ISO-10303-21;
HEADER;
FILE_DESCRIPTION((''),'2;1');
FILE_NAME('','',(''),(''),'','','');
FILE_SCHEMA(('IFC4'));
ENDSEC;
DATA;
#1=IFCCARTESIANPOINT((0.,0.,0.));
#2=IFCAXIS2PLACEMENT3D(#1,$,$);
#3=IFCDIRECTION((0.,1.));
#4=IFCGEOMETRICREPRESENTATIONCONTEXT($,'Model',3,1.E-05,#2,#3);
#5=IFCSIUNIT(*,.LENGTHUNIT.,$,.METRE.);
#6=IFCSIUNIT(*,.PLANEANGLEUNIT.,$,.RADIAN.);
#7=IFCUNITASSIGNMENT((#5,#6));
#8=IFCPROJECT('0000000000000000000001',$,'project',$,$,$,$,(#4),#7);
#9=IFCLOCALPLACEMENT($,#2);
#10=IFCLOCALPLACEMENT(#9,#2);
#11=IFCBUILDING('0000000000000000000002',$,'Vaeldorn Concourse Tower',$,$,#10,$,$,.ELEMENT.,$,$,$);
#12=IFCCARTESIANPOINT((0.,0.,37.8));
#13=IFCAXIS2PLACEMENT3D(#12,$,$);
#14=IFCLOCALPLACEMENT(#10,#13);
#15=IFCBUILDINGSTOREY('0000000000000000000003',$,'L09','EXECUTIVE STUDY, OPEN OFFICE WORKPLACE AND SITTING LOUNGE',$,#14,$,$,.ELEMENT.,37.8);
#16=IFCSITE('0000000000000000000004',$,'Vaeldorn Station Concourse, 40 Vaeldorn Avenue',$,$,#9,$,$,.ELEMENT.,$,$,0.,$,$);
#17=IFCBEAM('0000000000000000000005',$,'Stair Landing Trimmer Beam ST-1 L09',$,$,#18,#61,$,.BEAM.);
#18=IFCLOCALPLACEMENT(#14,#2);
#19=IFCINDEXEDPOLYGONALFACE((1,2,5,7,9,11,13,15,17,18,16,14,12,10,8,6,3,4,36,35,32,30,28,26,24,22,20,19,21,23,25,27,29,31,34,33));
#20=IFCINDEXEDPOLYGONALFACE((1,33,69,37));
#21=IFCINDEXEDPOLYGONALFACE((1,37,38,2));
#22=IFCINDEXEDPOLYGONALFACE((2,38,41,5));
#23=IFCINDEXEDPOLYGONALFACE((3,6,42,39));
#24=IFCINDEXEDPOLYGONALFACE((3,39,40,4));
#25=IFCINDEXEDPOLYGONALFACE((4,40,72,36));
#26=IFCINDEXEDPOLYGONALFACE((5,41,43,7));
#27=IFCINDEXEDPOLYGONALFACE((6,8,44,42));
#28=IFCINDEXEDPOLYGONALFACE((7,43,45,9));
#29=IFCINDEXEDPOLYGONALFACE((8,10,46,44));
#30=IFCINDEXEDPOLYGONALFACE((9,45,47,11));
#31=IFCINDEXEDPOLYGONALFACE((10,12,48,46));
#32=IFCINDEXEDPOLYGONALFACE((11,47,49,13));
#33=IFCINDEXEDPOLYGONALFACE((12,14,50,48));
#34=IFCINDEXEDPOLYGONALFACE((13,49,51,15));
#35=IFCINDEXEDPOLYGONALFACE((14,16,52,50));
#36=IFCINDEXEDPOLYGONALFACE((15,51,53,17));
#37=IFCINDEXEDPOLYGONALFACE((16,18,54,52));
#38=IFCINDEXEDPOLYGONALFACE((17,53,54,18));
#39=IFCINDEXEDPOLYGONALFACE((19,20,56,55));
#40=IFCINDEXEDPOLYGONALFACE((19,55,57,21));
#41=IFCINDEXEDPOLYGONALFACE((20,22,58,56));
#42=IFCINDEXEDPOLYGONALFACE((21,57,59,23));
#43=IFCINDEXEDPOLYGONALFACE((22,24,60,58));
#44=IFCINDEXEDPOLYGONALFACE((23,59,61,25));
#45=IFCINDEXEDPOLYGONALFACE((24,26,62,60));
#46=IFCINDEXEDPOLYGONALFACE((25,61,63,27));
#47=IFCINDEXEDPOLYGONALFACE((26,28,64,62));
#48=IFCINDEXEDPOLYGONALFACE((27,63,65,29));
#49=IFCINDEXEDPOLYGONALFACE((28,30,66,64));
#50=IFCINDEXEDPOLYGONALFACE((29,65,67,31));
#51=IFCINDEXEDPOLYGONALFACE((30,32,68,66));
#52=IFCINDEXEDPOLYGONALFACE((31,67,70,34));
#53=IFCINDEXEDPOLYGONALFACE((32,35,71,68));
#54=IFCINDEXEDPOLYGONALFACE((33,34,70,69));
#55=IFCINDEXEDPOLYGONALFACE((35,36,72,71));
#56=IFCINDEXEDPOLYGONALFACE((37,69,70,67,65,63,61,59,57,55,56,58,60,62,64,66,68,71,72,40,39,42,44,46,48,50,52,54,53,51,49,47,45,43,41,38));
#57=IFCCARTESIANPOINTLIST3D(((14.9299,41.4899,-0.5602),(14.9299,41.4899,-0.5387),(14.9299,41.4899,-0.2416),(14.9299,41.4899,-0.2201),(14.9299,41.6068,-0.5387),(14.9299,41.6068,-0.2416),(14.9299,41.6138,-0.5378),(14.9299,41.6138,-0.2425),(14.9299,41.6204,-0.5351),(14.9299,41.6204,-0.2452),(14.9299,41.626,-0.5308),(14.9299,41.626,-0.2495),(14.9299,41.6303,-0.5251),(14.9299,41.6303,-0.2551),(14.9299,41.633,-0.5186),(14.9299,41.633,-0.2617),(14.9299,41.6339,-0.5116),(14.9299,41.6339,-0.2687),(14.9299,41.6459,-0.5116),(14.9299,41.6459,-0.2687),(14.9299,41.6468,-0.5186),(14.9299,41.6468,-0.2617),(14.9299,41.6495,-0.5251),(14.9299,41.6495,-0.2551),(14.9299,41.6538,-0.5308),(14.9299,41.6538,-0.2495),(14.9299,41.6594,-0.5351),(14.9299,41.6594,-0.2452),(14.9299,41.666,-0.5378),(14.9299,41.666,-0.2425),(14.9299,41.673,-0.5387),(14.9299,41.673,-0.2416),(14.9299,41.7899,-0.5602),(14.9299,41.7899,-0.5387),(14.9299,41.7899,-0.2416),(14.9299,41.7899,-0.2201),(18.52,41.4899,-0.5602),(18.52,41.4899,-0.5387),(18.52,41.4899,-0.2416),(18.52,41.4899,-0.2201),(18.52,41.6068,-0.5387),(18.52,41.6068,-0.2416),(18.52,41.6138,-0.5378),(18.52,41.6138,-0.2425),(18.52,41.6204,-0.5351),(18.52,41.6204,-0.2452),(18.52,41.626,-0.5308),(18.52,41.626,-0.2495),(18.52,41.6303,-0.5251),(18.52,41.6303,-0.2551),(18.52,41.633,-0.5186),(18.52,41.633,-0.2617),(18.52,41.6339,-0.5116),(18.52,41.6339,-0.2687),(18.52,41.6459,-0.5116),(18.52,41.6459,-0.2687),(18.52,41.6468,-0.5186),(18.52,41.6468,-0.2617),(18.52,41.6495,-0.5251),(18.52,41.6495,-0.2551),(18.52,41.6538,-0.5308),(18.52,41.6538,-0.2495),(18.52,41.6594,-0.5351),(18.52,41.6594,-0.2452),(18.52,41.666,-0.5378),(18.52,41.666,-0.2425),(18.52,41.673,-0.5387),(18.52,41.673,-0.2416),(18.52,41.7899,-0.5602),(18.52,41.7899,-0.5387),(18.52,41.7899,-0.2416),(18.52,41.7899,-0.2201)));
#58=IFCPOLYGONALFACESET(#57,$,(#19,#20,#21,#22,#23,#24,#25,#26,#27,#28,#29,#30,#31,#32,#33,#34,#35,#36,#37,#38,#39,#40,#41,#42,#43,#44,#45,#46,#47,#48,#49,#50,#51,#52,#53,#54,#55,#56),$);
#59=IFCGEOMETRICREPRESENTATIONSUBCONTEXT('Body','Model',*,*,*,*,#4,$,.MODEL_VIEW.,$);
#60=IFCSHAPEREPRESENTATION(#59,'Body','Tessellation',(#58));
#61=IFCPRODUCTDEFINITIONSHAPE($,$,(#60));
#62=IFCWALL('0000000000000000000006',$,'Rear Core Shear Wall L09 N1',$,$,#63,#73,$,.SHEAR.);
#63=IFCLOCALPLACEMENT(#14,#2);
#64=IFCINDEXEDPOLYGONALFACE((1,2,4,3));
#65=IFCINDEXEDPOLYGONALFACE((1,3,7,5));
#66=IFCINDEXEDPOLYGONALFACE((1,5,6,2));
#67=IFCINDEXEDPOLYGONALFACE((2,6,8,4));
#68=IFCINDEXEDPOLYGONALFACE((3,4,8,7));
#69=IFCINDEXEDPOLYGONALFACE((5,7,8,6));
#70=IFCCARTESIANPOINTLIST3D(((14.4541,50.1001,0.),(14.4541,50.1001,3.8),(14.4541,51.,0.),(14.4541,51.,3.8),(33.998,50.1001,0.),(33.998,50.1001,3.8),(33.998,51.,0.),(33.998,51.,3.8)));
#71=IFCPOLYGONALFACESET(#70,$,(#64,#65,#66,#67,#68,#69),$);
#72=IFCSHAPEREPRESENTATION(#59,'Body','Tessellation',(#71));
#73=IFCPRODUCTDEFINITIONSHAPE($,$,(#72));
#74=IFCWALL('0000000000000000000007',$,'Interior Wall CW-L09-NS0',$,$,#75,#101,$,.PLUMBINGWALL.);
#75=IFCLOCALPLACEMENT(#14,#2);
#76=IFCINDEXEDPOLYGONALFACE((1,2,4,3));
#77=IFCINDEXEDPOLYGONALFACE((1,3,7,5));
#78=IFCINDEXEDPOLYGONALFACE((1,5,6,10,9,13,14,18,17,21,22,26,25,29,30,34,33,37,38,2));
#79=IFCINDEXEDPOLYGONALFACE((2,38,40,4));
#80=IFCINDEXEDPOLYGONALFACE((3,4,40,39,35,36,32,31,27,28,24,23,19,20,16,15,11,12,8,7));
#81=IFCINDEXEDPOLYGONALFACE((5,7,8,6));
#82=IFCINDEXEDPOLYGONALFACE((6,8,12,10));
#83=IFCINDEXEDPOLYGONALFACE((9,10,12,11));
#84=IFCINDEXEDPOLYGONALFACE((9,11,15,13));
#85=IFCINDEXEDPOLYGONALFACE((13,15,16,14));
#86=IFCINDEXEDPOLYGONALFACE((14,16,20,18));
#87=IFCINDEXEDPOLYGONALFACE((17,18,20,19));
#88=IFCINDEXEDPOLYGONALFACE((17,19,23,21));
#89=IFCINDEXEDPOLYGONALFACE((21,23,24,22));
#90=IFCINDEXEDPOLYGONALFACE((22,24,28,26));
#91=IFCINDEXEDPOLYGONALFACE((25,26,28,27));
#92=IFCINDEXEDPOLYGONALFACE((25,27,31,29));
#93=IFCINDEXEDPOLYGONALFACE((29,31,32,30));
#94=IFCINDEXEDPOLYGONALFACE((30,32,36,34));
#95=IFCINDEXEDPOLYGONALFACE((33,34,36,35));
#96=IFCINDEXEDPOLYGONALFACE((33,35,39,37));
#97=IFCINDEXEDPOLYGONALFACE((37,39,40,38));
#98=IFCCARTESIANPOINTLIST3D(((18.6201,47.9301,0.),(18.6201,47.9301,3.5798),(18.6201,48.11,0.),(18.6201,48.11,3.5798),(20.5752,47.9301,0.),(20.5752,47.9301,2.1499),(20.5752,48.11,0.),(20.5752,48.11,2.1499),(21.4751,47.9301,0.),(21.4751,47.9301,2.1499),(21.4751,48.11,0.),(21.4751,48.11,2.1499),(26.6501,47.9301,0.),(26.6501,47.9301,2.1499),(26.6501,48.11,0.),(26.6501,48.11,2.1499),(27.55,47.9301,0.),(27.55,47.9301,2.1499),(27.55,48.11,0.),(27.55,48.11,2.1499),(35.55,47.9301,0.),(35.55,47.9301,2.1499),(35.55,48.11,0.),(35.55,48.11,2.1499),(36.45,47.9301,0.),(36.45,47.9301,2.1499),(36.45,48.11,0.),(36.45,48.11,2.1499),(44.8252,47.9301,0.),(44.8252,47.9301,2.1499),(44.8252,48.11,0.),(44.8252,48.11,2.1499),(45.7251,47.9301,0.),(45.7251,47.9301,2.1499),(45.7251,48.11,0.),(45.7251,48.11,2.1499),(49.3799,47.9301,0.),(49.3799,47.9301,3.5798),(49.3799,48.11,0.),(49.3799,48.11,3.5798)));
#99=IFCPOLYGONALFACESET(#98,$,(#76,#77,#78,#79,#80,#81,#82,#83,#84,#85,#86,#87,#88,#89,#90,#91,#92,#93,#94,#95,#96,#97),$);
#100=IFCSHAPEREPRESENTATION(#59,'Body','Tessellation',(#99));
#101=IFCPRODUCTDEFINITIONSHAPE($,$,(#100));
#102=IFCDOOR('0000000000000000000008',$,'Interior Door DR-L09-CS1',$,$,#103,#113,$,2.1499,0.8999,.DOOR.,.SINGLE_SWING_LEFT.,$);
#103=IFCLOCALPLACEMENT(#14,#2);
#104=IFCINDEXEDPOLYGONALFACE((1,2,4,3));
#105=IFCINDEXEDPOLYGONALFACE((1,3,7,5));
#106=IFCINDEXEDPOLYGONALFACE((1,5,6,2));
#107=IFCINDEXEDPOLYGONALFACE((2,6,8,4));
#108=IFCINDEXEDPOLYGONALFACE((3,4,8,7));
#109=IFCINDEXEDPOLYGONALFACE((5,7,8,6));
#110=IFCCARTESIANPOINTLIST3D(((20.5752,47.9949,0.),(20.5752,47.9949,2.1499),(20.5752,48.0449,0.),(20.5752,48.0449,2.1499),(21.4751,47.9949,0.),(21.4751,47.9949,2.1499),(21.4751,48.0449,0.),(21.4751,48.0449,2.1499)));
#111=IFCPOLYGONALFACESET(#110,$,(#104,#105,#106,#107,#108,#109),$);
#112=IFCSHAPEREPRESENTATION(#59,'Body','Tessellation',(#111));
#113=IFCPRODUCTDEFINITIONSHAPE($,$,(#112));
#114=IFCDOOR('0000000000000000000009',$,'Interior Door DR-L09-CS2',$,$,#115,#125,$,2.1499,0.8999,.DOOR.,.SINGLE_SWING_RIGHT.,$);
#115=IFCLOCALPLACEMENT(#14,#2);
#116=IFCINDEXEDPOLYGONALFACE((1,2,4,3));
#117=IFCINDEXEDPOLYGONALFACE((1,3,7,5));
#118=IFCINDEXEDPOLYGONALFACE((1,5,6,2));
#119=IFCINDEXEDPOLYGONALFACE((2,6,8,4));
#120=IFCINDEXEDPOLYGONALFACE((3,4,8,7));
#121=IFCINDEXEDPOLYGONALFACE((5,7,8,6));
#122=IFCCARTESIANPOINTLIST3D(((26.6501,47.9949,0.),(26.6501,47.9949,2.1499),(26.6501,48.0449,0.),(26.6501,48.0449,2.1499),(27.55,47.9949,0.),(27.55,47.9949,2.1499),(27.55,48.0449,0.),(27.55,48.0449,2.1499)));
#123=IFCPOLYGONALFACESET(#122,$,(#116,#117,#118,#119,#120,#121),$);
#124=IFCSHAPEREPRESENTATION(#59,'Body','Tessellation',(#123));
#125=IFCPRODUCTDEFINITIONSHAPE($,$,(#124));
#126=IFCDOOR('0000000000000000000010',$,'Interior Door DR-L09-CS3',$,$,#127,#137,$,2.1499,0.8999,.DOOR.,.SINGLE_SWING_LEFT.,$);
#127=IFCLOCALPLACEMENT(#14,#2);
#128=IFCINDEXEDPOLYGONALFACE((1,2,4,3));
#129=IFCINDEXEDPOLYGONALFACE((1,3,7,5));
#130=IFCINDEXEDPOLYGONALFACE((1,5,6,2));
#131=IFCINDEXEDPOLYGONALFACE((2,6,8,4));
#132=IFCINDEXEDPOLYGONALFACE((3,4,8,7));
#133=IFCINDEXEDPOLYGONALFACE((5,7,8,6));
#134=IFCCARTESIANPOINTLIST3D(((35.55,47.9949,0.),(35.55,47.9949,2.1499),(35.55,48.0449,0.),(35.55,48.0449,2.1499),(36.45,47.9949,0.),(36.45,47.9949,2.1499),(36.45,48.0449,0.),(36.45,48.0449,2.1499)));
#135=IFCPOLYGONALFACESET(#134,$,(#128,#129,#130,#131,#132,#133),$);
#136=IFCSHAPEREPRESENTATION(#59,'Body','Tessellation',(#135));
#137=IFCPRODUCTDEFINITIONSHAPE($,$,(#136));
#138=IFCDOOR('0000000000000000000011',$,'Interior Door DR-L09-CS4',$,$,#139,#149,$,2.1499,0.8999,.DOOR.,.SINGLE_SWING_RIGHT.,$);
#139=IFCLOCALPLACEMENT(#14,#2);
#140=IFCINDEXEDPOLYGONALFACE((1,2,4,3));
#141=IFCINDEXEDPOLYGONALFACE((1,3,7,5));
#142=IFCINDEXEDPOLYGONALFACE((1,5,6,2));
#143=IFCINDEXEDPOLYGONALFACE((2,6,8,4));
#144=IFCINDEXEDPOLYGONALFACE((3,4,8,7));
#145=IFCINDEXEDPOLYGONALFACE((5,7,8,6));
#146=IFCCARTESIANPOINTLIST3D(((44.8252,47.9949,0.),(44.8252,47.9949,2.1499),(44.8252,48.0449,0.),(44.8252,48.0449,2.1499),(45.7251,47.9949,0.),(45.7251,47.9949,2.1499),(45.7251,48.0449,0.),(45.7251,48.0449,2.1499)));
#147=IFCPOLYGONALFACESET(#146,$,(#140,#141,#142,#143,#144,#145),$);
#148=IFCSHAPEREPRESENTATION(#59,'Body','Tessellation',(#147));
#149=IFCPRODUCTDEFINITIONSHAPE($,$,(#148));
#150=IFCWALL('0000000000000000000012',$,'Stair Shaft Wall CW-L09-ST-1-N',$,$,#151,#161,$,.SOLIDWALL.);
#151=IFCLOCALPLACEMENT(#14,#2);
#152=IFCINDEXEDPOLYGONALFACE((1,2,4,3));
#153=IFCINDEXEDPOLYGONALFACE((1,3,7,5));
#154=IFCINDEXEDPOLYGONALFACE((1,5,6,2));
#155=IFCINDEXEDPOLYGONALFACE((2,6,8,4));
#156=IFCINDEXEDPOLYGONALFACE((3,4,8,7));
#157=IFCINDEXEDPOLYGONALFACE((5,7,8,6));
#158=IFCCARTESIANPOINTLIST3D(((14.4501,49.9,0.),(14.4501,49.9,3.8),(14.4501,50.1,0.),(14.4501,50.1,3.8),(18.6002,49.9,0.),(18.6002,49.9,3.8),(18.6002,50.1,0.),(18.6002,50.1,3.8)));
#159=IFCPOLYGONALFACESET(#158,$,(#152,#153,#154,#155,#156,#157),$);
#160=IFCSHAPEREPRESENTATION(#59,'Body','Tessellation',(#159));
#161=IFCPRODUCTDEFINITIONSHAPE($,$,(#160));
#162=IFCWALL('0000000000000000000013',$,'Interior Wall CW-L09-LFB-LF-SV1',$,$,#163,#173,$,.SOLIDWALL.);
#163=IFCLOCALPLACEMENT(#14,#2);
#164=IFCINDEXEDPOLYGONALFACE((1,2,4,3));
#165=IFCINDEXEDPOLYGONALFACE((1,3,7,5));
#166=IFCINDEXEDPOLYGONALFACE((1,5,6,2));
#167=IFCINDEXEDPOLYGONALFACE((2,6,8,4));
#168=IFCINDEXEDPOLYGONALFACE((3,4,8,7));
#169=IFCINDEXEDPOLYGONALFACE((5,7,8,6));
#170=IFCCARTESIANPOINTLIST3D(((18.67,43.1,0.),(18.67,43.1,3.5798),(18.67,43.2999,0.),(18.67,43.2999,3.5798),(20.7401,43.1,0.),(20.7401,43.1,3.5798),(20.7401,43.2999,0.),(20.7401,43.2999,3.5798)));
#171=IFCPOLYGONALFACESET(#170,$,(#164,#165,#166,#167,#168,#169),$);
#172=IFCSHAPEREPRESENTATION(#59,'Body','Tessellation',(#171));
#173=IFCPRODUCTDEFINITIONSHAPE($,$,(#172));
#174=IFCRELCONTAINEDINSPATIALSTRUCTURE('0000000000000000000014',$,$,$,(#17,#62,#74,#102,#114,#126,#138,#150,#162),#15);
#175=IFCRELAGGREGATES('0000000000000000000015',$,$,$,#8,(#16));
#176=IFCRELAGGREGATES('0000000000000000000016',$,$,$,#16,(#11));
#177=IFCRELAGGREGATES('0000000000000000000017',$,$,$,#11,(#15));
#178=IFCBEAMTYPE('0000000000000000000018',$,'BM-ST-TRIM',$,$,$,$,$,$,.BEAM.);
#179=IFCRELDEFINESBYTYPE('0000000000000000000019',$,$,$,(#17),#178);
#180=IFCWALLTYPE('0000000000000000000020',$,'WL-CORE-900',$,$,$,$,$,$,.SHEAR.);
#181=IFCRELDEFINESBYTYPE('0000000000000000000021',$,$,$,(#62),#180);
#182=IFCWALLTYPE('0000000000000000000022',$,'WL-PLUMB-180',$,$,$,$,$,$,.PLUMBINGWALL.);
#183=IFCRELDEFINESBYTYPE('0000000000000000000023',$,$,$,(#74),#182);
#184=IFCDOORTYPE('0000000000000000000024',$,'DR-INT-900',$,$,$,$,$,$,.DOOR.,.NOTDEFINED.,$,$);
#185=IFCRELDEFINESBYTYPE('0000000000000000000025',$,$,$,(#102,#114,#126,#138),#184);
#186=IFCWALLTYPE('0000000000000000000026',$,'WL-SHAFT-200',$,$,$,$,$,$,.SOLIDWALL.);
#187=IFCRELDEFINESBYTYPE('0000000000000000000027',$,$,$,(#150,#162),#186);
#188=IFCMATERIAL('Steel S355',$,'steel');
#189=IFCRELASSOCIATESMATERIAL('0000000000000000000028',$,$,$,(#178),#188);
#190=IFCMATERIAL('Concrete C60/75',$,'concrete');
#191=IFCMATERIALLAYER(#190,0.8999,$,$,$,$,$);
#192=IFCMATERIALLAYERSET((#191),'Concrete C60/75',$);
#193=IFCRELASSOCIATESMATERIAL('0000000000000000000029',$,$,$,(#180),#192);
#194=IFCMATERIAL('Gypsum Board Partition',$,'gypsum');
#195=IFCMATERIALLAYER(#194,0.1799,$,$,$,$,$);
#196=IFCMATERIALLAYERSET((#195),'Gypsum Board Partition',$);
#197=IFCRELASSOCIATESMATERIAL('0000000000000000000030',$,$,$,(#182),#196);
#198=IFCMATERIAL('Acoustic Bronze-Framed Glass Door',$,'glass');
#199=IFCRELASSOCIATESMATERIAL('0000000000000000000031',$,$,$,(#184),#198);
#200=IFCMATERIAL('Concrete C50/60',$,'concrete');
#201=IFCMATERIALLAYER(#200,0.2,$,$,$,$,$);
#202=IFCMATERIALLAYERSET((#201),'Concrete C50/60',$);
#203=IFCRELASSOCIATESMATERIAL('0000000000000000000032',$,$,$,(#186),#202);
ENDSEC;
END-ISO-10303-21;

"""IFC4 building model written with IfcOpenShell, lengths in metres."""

from ifc_helpers import new_model, si_unit, direction, frame, frame_2d, origin, origin_2d, place, context, subcontext, project, spatial, rectangle, i_section, extrude, source, transform, mapped, material, layer, layer_set, material_profile, profile_set, type_object, element, fill, save


model = new_model("IFC4")

# Units and contexts
model_context = context("Model", 3, precision=1e-05, world=origin(), true_north=direction((0.0, 1.0)))
body_context = subcontext(model_context, "Body", "Model", "MODEL_VIEW")
ifc_project = project(units=[si_unit("LENGTHUNIT", "METRE"), si_unit("PLANEANGLEUNIT", "RADIAN")], contexts=[model_context])

# Site, building, storey
site_placement = place(None, origin())
site = spatial("IfcSite", under=ifc_project, at=site_placement, Name="Vaeldorn Station Concourse, 40 Vaeldorn Avenue", CompositionType="ELEMENT", RefElevation=0.0)
building_placement = place(site_placement, origin())
building = spatial("IfcBuilding", under=site, at=building_placement, Name="Vaeldorn Concourse Tower", CompositionType="ELEMENT")
storey_placement = place(building_placement, frame((0.0, 0.0, 37.8)))
storey = spatial("IfcBuildingStorey", under=building, at=storey_placement, Name="L09", Description="EXECUTIVE STUDY, OPEN OFFICE WORKPLACE AND SITTING LOUNGE", CompositionType="ELEMENT", Elevation=37.8)

# Beam
ifc_material_1 = material(Name="Steel S355", Category="steel")
ifc_material_profile = material_profile(ifc_material_1, i_section(OverallWidth=0.3, OverallDepth=0.3401, WebThickness=0.012, FlangeThickness=0.0215, FilletRadius=0.0271, at=origin_2d()), Name="HEB 340")
ifc_profile_set = profile_set([ifc_material_profile], Name="Steel S355")
beam_type = type_object("IfcBeamType", Name="BM-ST-TRIM", PredefinedType="BEAM", material=ifc_profile_set)
shared_shape_1 = source(origin(), body_context, "Body", "SweptSolid", [
    extrude(i_section(OverallWidth=0.3, OverallDepth=0.3401, WebThickness=0.012, FlangeThickness=0.0215, FilletRadius=0.0271, at=origin_2d()), origin(), (0.0, 0.0, 1.0), 3.5901),
])
beam_placement = place(storey_placement, frame((14.9299, 41.6399, -0.3901), z_axis=(1.0, 0.0, 0.0), x_axis=(0.0, 1.0, 0.0)))
element("IfcBeam", 1, at=beam_placement, inside=storey, type_object=beam_type, Name="Stair Landing Trimmer Beam ST-1 L09", PredefinedType="BEAM", context=body_context, shape_type="MappedRepresentation", body=[
    mapped(shared_shape_1, transform((0.0, 0.0, 0.0), scale=1.0)),
])

# Wall
ifc_material_2 = material(Name="Concrete C60/75", Category="concrete")
ifc_layer_1 = layer(ifc_material_2, 0.8999)
ifc_layer_set_1 = layer_set([ifc_layer_1], Name="Concrete C60/75")
wall_type_1 = type_object("IfcWallType", Name="WL-CORE-900", PredefinedType="SHEAR", material=ifc_layer_set_1)
wall_1_placement = place(storey_placement, frame((14.4541, 50.55, 0.0), z_axis=(0.0, 0.0, 1.0), x_axis=(1.0, 0.0, 0.0)))
element("IfcWall", 2, at=wall_1_placement, inside=storey, type_object=wall_type_1, Name="Rear Core Shear Wall L09 N1", PredefinedType="SHEAR", context=body_context, shape_type="SweptSolid", body=[
    extrude(rectangle(XDim=19.5439, YDim=0.8999, at=frame_2d((9.772, 0.0))), origin(), (0.0, 0.0, 1.0), 3.8),
])

# Wall, openings, doors
ifc_material_3 = material(Name="Gypsum Board Partition", Category="gypsum")
ifc_layer_2 = layer(ifc_material_3, 0.1799)
ifc_layer_set_2 = layer_set([ifc_layer_2], Name="Gypsum Board Partition")
wall_type_2 = type_object("IfcWallType", Name="WL-PLUMB-180", PredefinedType="PLUMBINGWALL", material=ifc_layer_set_2)
wall_2_placement = place(storey_placement, frame((18.6201, 48.02, 0.0), z_axis=(0.0, 0.0, 1.0), x_axis=(1.0, 0.0, 0.0)))
wall_2 = element("IfcWall", 3, at=wall_2_placement, inside=storey, type_object=wall_type_2, Name="Interior Wall CW-L09-NS0", PredefinedType="PLUMBINGWALL", context=body_context, shape_type="SweptSolid", body=[
    extrude(rectangle(XDim=30.7598, YDim=0.1799, at=frame_2d((15.3799, 0.0))), origin(), (0.0, 0.0, 1.0), 3.5798),
])
opening_1_placement = place(wall_2_placement, frame((1.9551, 0.0, 0.0)))
opening_1 = element("IfcOpeningElement", 4, at=opening_1_placement, cuts=wall_2, PredefinedType="OPENING", context=body_context, shape_type="SweptSolid", body=[
    extrude(rectangle(XDim=0.8999, YDim=2.1499, at=frame_2d((0.45, 1.075))), frame((0.0, 0.1001, 0.0), z_axis=(0.0, -1.0, 0.0), x_axis=(1.0, 0.0, 0.0)), (0.0, 0.0, 1.0), 0.2),
])
opening_2_placement = place(wall_2_placement, frame((8.03, 0.0, 0.0)))
opening_2 = element("IfcOpeningElement", 5, at=opening_2_placement, cuts=wall_2, PredefinedType="OPENING", context=body_context, shape_type="SweptSolid", body=[
    extrude(rectangle(XDim=0.8999, YDim=2.1499, at=frame_2d((0.45, 1.075))), frame((0.0, 0.1001, 0.0), z_axis=(0.0, -1.0, 0.0), x_axis=(1.0, 0.0, 0.0)), (0.0, 0.0, 1.0), 0.2),
])
opening_3_placement = place(wall_2_placement, frame((16.9299, 0.0, 0.0)))
opening_3 = element("IfcOpeningElement", 6, at=opening_3_placement, cuts=wall_2, PredefinedType="OPENING", context=body_context, shape_type="SweptSolid", body=[
    extrude(rectangle(XDim=0.8999, YDim=2.1499, at=frame_2d((0.45, 1.075))), frame((0.0, 0.1001, 0.0), z_axis=(0.0, -1.0, 0.0), x_axis=(1.0, 0.0, 0.0)), (0.0, 0.0, 1.0), 0.2),
])
opening_4_placement = place(wall_2_placement, frame((26.2051, 0.0, 0.0)))
opening_4 = element("IfcOpeningElement", 7, at=opening_4_placement, cuts=wall_2, PredefinedType="OPENING", context=body_context, shape_type="SweptSolid", body=[
    extrude(rectangle(XDim=0.8999, YDim=2.1499, at=frame_2d((0.45, 1.075))), frame((0.0, 0.1001, 0.0), z_axis=(0.0, -1.0, 0.0), x_axis=(1.0, 0.0, 0.0)), (0.0, 0.0, 1.0), 0.2),
])
ifc_material_4 = material(Name="Acoustic Bronze-Framed Glass Door", Category="glass")
door_type_1 = type_object("IfcDoorType", Name="DR-INT-900", OperationType="NOTDEFINED", PredefinedType="DOOR", material=ifc_material_4)
shared_shape_2 = source(origin(), body_context, "Body", "SweptSolid", [
    extrude(rectangle(XDim=0.8999, YDim=2.1499, at=frame_2d((0.45, 1.075))), frame((0.0, 0.0249, 0.0), z_axis=(0.0, -1.0, 0.0), x_axis=(1.0, 0.0, 0.0)), (0.0, 0.0, 1.0), 0.05),
])
door_1_placement = place(opening_1_placement, origin())
door_1 = element("IfcDoor", 8, at=door_1_placement, inside=storey, type_object=door_type_1, Name="Interior Door DR-L09-CS1", OperationType="SINGLE_SWING_LEFT", OverallHeight=2.1499, OverallWidth=0.8999, PredefinedType="DOOR", context=body_context, shape_type="MappedRepresentation", body=[
    mapped(shared_shape_2, transform((0.0, 0.0, 0.0), scale=1.0)),
])
fill(opening_1, door_1)
door_2_placement = place(opening_2_placement, origin())
door_2 = element("IfcDoor", 9, at=door_2_placement, inside=storey, type_object=door_type_1, Name="Interior Door DR-L09-CS2", OperationType="SINGLE_SWING_RIGHT", OverallHeight=2.1499, OverallWidth=0.8999, PredefinedType="DOOR", context=body_context, shape_type="MappedRepresentation", body=[
    mapped(shared_shape_2, transform((0.0, 0.0, 0.0), scale=1.0)),
])
fill(opening_2, door_2)
door_3_placement = place(opening_3_placement, origin())
door_3 = element("IfcDoor", 10, at=door_3_placement, inside=storey, type_object=door_type_1, Name="Interior Door DR-L09-CS3", OperationType="SINGLE_SWING_LEFT", OverallHeight=2.1499, OverallWidth=0.8999, PredefinedType="DOOR", context=body_context, shape_type="MappedRepresentation", body=[
    mapped(shared_shape_2, transform((0.0, 0.0, 0.0), scale=1.0)),
])
fill(opening_3, door_3)
door_4_placement = place(opening_4_placement, origin())
door_4 = element("IfcDoor", 11, at=door_4_placement, inside=storey, type_object=door_type_1, Name="Interior Door DR-L09-CS4", OperationType="SINGLE_SWING_RIGHT", OverallHeight=2.1499, OverallWidth=0.8999, PredefinedType="DOOR", context=body_context, shape_type="MappedRepresentation", body=[
    mapped(shared_shape_2, transform((0.0, 0.0, 0.0), scale=1.0)),
])
fill(opening_4, door_4)

# Wall
ifc_material_5 = material(Name="Concrete C50/60", Category="concrete")
ifc_layer_3 = layer(ifc_material_5, 0.2)
ifc_layer_set_3 = layer_set([ifc_layer_3], Name="Concrete C50/60")
wall_type_3 = type_object("IfcWallType", Name="WL-SHAFT-200", PredefinedType="SOLIDWALL", material=ifc_layer_set_3)
wall_3_placement = place(storey_placement, frame((14.45, 50.0, 0.0), z_axis=(0.0, 0.0, 1.0), x_axis=(1.0, 0.0, 0.0)))
element("IfcWall", 12, at=wall_3_placement, inside=storey, type_object=wall_type_3, Name="Stair Shaft Wall CW-L09-ST-1-N", PredefinedType="SOLIDWALL", context=body_context, shape_type="SweptSolid", body=[
    extrude(rectangle(XDim=4.1501, YDim=0.2, at=frame_2d((2.0752, 0.0))), origin(), (0.0, 0.0, 1.0), 3.8),
])

# Wall
for number, where, z_axis, x_axis, name in (
    (13, (18.6699, 43.2, 0.0), (0.0, 0.0, 1.0), (1.0, 0.0, 0.0), "Interior Wall CW-L09-LFB-LF-SV1"),
):
    element("IfcWall", number, at=place(storey_placement, frame(where, z_axis=z_axis, x_axis=x_axis)), inside=storey, type_object=wall_type_3, Name=name, PredefinedType="SOLIDWALL", context=body_context, shape_type="SweptSolid", body=[
        extrude(rectangle(XDim=2.0701, YDim=0.2, at=frame_2d((1.0352, 0.0))), origin(), (0.0, 0.0, 1.0), 3.5798),
    ])

save(model, "model.ifc")
